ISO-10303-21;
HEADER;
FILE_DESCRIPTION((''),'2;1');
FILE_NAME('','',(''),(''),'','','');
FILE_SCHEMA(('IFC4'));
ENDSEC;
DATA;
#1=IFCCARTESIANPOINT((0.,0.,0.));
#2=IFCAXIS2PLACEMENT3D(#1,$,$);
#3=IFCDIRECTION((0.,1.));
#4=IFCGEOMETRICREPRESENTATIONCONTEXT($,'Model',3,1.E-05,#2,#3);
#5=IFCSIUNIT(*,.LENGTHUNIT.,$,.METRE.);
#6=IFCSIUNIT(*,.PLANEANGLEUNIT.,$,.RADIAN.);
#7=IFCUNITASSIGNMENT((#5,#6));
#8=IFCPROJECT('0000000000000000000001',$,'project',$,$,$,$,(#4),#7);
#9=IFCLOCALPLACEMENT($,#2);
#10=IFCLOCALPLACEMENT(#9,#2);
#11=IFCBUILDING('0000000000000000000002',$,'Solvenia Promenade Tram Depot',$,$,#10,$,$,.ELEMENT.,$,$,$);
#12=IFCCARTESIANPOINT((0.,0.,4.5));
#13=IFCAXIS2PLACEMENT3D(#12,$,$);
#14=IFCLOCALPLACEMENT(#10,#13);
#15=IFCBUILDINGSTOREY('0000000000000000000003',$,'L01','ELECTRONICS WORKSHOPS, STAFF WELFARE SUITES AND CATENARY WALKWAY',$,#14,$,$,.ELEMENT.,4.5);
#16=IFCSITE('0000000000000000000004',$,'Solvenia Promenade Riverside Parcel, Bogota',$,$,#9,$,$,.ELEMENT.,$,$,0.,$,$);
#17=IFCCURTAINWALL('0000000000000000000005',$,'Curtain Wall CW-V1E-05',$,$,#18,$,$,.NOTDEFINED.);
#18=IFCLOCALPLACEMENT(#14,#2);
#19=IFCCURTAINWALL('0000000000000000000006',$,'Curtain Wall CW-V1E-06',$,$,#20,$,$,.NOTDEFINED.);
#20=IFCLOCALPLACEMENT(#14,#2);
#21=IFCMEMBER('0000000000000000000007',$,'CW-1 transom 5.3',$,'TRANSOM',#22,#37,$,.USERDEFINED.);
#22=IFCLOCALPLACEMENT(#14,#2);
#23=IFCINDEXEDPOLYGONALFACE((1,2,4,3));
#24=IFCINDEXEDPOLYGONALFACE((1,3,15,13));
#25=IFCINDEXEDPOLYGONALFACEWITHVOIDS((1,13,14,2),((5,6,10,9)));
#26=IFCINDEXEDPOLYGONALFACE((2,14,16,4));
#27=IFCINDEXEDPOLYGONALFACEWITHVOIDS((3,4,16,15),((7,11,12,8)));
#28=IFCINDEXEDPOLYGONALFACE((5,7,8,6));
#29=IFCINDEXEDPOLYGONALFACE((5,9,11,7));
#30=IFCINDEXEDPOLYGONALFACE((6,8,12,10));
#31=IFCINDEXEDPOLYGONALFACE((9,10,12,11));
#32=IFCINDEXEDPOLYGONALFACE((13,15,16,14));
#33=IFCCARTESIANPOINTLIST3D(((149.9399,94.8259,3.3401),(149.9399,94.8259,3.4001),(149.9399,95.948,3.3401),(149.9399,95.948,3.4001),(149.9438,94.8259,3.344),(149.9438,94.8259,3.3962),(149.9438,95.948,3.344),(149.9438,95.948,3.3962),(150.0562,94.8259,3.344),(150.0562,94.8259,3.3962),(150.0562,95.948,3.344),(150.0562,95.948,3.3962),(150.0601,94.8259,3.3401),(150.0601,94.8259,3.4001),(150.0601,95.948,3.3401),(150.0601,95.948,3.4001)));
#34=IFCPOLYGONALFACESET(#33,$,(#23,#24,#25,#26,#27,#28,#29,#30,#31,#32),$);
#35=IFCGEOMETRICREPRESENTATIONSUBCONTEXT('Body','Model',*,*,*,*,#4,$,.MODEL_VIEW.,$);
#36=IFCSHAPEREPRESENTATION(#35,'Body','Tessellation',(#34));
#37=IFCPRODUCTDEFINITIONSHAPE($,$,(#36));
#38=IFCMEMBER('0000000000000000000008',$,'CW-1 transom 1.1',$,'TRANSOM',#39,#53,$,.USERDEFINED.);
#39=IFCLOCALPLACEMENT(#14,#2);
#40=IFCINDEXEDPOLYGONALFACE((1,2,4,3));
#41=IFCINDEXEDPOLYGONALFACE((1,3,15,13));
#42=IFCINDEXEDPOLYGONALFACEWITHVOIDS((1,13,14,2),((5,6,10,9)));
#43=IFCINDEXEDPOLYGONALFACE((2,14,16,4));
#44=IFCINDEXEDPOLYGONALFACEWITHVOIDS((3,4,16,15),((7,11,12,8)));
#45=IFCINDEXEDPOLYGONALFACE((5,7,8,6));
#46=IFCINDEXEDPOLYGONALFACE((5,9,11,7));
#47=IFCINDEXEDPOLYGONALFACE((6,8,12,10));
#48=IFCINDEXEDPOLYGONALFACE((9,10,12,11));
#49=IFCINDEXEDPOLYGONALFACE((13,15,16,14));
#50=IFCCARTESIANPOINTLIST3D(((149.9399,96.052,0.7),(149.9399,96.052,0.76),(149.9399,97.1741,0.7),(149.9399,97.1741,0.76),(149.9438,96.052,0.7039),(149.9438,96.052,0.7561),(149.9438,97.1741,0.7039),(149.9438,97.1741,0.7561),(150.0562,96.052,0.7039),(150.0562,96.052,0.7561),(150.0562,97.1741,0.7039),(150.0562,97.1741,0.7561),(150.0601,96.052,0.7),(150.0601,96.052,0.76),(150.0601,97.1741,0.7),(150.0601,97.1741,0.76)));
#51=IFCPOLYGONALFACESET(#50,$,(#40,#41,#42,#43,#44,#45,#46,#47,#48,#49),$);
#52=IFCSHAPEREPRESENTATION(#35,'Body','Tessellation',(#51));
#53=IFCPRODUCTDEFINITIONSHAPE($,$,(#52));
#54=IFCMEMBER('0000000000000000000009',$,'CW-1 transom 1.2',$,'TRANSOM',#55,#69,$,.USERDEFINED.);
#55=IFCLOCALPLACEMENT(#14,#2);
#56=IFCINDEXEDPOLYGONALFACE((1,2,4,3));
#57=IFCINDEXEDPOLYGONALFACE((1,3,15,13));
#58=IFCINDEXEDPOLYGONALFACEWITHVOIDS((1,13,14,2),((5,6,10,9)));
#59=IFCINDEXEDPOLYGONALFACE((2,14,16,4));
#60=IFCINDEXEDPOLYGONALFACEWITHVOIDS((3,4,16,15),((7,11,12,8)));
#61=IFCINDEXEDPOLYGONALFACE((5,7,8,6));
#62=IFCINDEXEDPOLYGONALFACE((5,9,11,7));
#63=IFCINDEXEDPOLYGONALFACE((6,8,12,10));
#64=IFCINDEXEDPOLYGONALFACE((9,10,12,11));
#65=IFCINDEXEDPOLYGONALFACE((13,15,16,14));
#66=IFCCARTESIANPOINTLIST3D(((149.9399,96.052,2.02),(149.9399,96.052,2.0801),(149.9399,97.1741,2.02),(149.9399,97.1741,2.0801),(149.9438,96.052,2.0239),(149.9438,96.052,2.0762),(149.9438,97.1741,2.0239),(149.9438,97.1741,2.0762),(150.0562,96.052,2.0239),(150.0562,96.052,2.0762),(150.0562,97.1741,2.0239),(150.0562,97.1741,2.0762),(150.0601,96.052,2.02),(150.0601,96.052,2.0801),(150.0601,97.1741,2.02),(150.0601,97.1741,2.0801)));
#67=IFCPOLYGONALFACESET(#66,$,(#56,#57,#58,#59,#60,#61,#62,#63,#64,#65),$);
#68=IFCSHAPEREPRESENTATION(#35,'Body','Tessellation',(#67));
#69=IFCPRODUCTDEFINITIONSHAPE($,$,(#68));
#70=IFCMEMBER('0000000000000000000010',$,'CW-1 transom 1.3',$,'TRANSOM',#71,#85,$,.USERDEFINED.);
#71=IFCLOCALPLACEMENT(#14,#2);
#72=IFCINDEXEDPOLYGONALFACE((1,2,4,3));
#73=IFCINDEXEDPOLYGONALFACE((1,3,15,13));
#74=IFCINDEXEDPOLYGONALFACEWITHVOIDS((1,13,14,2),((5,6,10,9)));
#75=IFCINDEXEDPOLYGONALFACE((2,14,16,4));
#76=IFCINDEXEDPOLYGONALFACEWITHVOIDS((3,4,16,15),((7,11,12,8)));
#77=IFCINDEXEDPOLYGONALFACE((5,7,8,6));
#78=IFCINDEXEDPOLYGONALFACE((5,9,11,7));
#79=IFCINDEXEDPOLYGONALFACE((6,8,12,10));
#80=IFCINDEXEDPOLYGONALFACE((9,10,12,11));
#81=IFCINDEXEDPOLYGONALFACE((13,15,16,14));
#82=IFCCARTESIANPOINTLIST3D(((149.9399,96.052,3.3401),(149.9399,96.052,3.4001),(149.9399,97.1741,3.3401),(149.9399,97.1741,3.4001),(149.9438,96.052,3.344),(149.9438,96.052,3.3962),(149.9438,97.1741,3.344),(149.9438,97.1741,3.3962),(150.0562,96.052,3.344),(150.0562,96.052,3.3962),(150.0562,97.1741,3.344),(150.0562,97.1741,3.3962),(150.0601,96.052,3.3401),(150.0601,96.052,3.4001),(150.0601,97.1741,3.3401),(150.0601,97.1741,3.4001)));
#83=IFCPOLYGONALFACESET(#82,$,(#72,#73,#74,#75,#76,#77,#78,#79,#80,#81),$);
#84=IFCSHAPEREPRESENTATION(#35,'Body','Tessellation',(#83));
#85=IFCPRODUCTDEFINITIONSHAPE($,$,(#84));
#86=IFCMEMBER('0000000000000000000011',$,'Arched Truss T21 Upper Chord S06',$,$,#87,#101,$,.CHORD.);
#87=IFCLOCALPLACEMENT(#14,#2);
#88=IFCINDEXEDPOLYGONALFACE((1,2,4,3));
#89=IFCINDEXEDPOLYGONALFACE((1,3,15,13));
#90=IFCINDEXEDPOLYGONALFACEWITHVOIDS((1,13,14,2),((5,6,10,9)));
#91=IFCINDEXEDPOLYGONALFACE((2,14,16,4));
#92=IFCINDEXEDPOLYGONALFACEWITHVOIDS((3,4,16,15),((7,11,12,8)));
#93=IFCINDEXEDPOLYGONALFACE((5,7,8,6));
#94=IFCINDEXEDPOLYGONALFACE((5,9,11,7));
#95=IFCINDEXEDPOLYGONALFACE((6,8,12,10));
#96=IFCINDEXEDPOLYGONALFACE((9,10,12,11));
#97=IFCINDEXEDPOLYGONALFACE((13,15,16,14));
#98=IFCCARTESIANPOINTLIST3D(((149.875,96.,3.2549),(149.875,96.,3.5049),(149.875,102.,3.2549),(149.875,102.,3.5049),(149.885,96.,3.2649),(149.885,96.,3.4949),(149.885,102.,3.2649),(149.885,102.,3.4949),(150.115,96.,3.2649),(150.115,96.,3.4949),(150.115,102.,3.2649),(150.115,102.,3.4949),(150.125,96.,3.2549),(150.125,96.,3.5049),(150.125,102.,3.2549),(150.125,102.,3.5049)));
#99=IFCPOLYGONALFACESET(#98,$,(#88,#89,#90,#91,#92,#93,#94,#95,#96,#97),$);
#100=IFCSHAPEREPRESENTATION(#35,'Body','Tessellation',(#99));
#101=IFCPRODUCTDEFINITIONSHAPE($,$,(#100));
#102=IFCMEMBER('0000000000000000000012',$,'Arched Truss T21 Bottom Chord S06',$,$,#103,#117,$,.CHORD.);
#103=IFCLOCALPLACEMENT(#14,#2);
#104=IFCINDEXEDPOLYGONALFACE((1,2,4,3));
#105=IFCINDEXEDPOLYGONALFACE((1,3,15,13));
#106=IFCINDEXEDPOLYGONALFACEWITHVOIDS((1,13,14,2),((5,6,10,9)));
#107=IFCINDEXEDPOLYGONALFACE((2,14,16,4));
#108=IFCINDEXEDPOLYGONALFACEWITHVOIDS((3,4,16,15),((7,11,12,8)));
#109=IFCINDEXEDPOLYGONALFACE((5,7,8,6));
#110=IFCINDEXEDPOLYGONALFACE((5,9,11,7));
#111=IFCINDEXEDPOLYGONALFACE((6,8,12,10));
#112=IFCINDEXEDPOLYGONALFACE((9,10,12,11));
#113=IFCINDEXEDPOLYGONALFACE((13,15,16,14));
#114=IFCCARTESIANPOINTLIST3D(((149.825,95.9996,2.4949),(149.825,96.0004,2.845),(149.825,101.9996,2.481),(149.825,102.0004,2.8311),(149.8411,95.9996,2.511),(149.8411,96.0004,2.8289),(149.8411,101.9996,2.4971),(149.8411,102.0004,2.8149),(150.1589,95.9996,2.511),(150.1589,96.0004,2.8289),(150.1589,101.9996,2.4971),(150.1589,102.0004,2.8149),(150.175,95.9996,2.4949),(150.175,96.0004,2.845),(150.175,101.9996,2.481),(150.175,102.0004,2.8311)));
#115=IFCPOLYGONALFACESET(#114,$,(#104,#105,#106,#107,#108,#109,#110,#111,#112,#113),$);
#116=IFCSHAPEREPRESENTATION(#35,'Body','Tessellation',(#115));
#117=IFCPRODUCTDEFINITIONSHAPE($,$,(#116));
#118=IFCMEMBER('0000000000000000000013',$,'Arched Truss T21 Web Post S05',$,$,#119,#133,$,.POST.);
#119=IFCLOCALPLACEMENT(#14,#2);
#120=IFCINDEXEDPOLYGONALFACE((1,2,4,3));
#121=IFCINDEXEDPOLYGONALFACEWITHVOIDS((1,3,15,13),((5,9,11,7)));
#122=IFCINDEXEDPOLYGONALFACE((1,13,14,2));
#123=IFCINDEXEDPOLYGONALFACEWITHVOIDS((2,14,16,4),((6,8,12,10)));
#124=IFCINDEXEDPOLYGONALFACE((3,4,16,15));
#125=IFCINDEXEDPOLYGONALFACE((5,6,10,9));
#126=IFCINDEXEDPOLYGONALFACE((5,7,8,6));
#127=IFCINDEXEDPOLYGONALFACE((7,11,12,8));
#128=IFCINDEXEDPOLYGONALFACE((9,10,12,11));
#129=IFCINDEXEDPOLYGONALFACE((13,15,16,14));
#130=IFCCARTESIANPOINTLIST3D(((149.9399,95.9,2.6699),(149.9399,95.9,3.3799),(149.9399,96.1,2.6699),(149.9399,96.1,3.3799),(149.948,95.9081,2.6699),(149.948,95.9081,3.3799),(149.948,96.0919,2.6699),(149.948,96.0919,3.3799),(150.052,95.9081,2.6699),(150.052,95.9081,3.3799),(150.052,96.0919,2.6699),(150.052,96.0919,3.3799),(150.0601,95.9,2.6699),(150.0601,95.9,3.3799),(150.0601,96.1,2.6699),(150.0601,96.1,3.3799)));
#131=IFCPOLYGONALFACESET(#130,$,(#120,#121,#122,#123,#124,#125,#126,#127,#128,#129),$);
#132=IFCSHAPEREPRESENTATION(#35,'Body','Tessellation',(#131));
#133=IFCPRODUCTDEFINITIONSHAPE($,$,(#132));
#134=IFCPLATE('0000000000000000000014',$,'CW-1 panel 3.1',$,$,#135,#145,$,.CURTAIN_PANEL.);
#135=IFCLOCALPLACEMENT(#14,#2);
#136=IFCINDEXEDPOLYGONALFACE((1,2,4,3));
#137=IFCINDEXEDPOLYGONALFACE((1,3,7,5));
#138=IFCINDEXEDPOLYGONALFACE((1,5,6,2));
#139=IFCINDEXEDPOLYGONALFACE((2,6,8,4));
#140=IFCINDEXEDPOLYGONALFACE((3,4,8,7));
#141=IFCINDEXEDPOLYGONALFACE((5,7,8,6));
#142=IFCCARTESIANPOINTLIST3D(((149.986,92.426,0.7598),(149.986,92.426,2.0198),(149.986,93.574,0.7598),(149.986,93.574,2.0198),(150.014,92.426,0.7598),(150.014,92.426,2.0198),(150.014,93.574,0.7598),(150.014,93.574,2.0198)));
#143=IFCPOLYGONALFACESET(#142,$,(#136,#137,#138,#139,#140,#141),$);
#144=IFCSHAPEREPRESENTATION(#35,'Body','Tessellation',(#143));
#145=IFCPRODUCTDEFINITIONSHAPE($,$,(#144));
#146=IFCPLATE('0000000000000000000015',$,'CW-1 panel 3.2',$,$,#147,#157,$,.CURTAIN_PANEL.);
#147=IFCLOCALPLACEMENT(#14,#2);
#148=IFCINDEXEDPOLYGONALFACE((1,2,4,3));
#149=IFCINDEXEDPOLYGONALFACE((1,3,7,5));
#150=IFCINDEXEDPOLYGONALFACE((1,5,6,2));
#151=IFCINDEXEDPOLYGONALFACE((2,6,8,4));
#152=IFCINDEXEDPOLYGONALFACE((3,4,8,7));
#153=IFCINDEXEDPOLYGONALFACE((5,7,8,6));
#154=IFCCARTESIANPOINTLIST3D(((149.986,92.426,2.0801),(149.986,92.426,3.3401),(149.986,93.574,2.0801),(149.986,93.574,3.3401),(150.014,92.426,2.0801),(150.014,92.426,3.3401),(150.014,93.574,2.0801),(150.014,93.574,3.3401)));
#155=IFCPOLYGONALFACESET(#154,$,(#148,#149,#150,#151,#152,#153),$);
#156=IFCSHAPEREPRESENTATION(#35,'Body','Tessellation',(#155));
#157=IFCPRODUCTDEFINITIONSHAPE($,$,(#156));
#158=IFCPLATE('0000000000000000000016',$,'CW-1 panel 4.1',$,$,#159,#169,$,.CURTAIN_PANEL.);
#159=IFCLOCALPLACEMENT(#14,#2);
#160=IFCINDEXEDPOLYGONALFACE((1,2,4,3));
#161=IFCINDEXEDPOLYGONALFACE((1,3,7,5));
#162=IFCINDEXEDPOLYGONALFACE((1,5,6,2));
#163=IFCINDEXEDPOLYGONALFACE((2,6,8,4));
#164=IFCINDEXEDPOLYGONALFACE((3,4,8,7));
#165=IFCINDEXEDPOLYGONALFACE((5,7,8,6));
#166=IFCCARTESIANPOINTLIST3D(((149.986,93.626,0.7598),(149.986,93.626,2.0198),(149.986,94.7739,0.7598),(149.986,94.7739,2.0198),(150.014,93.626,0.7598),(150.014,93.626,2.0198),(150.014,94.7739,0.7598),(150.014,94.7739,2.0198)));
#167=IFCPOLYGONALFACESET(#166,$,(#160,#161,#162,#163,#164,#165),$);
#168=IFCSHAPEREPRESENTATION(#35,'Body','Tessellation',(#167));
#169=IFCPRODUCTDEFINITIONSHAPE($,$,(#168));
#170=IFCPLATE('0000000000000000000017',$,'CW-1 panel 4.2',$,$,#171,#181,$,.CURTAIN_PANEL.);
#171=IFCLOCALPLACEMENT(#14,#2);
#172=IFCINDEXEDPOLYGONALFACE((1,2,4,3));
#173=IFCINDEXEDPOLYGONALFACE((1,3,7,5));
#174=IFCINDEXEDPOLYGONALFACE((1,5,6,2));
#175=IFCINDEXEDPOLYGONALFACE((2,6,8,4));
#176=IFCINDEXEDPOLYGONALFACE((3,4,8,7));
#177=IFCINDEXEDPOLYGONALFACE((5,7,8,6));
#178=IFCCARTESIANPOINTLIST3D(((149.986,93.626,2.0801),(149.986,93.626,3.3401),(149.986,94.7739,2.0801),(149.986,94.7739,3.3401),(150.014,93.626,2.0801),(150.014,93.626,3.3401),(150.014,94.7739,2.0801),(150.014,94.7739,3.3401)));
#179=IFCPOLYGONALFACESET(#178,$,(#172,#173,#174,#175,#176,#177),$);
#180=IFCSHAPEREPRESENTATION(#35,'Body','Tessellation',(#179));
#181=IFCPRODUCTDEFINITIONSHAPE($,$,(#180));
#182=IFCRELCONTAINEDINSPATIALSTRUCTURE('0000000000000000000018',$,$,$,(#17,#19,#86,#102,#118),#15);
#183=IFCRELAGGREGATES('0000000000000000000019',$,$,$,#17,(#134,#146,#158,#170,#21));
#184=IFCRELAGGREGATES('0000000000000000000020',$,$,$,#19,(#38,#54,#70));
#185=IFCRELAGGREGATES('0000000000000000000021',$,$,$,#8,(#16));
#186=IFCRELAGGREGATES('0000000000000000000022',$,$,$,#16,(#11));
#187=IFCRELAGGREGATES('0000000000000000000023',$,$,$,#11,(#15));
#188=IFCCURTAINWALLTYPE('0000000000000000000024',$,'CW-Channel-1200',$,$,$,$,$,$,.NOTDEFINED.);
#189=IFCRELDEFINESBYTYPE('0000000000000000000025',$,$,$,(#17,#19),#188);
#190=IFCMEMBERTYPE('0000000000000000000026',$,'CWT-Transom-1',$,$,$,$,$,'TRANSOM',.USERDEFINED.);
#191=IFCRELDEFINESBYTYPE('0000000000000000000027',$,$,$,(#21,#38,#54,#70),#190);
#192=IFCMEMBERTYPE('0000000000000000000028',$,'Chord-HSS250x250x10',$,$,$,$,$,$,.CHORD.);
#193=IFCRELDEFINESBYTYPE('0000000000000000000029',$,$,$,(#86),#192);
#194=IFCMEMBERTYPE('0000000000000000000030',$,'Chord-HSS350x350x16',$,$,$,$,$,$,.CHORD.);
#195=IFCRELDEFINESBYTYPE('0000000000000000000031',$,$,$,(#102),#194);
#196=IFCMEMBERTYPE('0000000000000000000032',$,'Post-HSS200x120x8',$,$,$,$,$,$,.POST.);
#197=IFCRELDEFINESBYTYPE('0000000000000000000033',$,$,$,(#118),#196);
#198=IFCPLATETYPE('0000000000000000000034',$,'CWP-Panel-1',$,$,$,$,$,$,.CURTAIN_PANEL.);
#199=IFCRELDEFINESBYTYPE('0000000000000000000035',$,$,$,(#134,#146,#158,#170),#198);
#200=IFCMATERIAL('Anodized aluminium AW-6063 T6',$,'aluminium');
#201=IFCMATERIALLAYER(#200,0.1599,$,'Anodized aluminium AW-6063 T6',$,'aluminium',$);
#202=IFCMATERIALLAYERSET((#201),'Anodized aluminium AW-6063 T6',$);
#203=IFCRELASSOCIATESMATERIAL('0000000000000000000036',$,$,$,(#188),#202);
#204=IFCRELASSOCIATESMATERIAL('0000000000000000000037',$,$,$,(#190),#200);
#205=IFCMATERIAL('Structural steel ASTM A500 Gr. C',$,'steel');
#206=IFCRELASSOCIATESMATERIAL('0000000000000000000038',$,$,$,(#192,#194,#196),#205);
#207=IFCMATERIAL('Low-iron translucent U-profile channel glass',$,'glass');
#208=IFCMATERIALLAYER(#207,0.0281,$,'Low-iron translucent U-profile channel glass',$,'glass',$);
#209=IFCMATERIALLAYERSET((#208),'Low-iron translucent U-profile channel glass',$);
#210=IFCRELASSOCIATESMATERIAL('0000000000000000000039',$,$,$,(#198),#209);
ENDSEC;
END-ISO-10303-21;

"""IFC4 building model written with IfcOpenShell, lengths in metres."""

from ifc_helpers import new_model, si_unit, direction, frame, origin, origin_2d, place, context, subcontext, project, spatial, rectangle, hollow_rectangle, extrude, material, layer, layer_set, material_profile, profile_set, type_object, element, aggregate, save


model = new_model("IFC4")

# Units and contexts
model_context = context("Model", 3, precision=1e-05, world=origin(), true_north=direction((0.0, 1.0)))
body_context = subcontext(model_context, "Body", "Model", "MODEL_VIEW")
ifc_project = project(units=[si_unit("LENGTHUNIT", "METRE"), si_unit("PLANEANGLEUNIT", "RADIAN")], contexts=[model_context])

# Site, building, storey
site_placement = place(None, origin())
site = spatial("IfcSite", under=ifc_project, at=site_placement, Name="Solvenia Promenade Riverside Parcel, Bogota", CompositionType="ELEMENT", RefElevation=0.0)
building_placement = place(site_placement, origin())
building = spatial("IfcBuilding", under=site, at=building_placement, Name="Solvenia Promenade Tram Depot", CompositionType="ELEMENT")
storey_placement = place(building_placement, frame((0.0, 0.0, 4.5)))
storey = spatial("IfcBuildingStorey", under=building, at=storey_placement, Name="L01", Description="ELECTRONICS WORKSHOPS, STAFF WELFARE SUITES AND CATENARY WALKWAY", CompositionType="ELEMENT", Elevation=4.5)

# Curtain walls
ifc_material_1 = material(Name="Anodized aluminium AW-6063 T6", Category="aluminium")
ifc_layer_1 = layer(ifc_material_1, 0.1599, Name="Anodized aluminium AW-6063 T6", Category="aluminium")
ifc_layer_set_1 = layer_set([ifc_layer_1], Name="Anodized aluminium AW-6063 T6")
curtain_wall_type = type_object("IfcCurtainWallType", Name="CW-Channel-1200", PredefinedType="NOTDEFINED", material=ifc_layer_set_1)
curtain_wall_1_placement = place(storey_placement, origin())
curtain_wall_1 = element("IfcCurtainWall", 1, at=curtain_wall_1_placement, inside=storey, type_object=curtain_wall_type, Name="Curtain Wall CW-V1E-05", PredefinedType="NOTDEFINED")
curtain_wall_2_placement = place(storey_placement, origin())
curtain_wall_2 = element("IfcCurtainWall", 2, at=curtain_wall_2_placement, inside=storey, type_object=curtain_wall_type, Name="Curtain Wall CW-V1E-06", PredefinedType="NOTDEFINED")

# Members
ifc_material_profile_1 = material_profile(ifc_material_1, hollow_rectangle(XDim=0.1201, YDim=0.0601, WallThickness=0.0039, at=origin_2d()), Name="ALU-T1", Category="aluminium")
ifc_profile_set_1 = profile_set([ifc_material_profile_1], Name="Anodized aluminium AW-6063 T6")
member_type_1 = type_object("IfcMemberType", Name="CWT-Transom-1", ElementType="TRANSOM", PredefinedType="USERDEFINED", material=ifc_profile_set_1)
member_1_placement = place(storey_placement, frame((150.0, 94.8259, 3.3701), z_axis=(0.0, 1.0, 0.0), x_axis=(-1.0, 0.0, 0.0)))
member_1 = element("IfcMember", 3, at=member_1_placement, type_object=member_type_1, Name="CW-1 transom 5.3", ObjectType="TRANSOM", PredefinedType="USERDEFINED", context=body_context, shape_type="SweptSolid", body=[
    extrude(hollow_rectangle(XDim=0.1201, YDim=0.0601, WallThickness=0.0039, at=origin_2d()), origin(), (0.0, 0.0, 1.0), 1.1221),
])
member_2_placement = place(storey_placement, frame((150.0, 96.052, 0.73), z_axis=(0.0, 1.0, 0.0), x_axis=(-1.0, 0.0, 0.0)))
member_2 = element("IfcMember", 4, at=member_2_placement, type_object=member_type_1, Name="CW-1 transom 1.1", ObjectType="TRANSOM", PredefinedType="USERDEFINED", context=body_context, shape_type="SweptSolid", body=[
    extrude(hollow_rectangle(XDim=0.1201, YDim=0.0601, WallThickness=0.0039, at=origin_2d()), origin(), (0.0, 0.0, 1.0), 1.1221),
])
member_3_placement = place(storey_placement, frame((150.0, 96.052, 2.05), z_axis=(0.0, 1.0, 0.0), x_axis=(-1.0, 0.0, 0.0)))
member_3 = element("IfcMember", 5, at=member_3_placement, type_object=member_type_1, Name="CW-1 transom 1.2", ObjectType="TRANSOM", PredefinedType="USERDEFINED", context=body_context, shape_type="SweptSolid", body=[
    extrude(hollow_rectangle(XDim=0.1201, YDim=0.0601, WallThickness=0.0039, at=origin_2d()), origin(), (0.0, 0.0, 1.0), 1.1221),
])
member_4_placement = place(storey_placement, frame((150.0, 96.052, 3.3701), z_axis=(0.0, 1.0, 0.0), x_axis=(-1.0, 0.0, 0.0)))
member_4 = element("IfcMember", 6, at=member_4_placement, type_object=member_type_1, Name="CW-1 transom 1.3", ObjectType="TRANSOM", PredefinedType="USERDEFINED", context=body_context, shape_type="SweptSolid", body=[
    extrude(hollow_rectangle(XDim=0.1201, YDim=0.0601, WallThickness=0.0039, at=origin_2d()), origin(), (0.0, 0.0, 1.0), 1.1221),
])

# Members
ifc_material_2 = material(Name="Structural steel ASTM A500 Gr. C", Category="steel")
ifc_material_profile_2 = material_profile(ifc_material_2, hollow_rectangle(XDim=0.25, YDim=0.25, WallThickness=0.01, at=origin_2d()), Name="HSS250x250x10", Category="steel")
ifc_profile_set_2 = profile_set([ifc_material_profile_2], Name="Structural steel ASTM A500 Gr. C")
member_type_2 = type_object("IfcMemberType", Name="Chord-HSS250x250x10", PredefinedType="CHORD", material=ifc_profile_set_2)
member_5_placement = place(storey_placement, frame((150.0, 96.0, 3.3799), z_axis=(0.0, 1.0, 0.0), x_axis=(-1.0, 0.0, 0.0)))
element("IfcMember", 7, at=member_5_placement, inside=storey, type_object=member_type_2, Name="Arched Truss T21 Upper Chord S06", PredefinedType="CHORD", context=body_context, shape_type="SweptSolid", body=[
    extrude(hollow_rectangle(XDim=0.25, YDim=0.25, WallThickness=0.01, at=origin_2d()), origin(), (0.0, 0.0, 1.0), 6.0),
])
ifc_material_profile_3 = material_profile(ifc_material_2, hollow_rectangle(XDim=0.3501, YDim=0.3501, WallThickness=0.0161, at=origin_2d()), Name="HSS350x350x16", Category="steel")
ifc_profile_set_3 = profile_set([ifc_material_profile_3], Name="Structural steel ASTM A500 Gr. C")
member_type_3 = type_object("IfcMemberType", Name="Chord-HSS350x350x16", PredefinedType="CHORD", material=ifc_profile_set_3)
member_6_placement = place(storey_placement, frame((150.0, 96.0, 2.6699), z_axis=(0.0, 0.999997, -0.002319), x_axis=(-1.0, 0.0, 0.0)))
element("IfcMember", 8, at=member_6_placement, inside=storey, type_object=member_type_3, Name="Arched Truss T21 Bottom Chord S06", PredefinedType="CHORD", context=body_context, shape_type="SweptSolid", body=[
    extrude(hollow_rectangle(XDim=0.3501, YDim=0.3501, WallThickness=0.0161, at=origin_2d()), origin(), (0.0, 0.0, 1.0), 6.0),
])
ifc_material_profile_4 = material_profile(ifc_material_2, hollow_rectangle(XDim=0.1201, YDim=0.2, WallThickness=0.0081, at=origin_2d()), Name="HSS200x120x8", Category="steel")
ifc_profile_set_4 = profile_set([ifc_material_profile_4], Name="Structural steel ASTM A500 Gr. C")
member_type_4 = type_object("IfcMemberType", Name="Post-HSS200x120x8", PredefinedType="POST", material=ifc_profile_set_4)
member_7_placement = place(storey_placement, frame((150.0, 96.0, 2.6699), z_axis=(0.0, 0.0, 1.0), x_axis=(1.0, 0.0, 0.0)))
element("IfcMember", 9, at=member_7_placement, inside=storey, type_object=member_type_4, Name="Arched Truss T21 Web Post S05", PredefinedType="POST", context=body_context, shape_type="SweptSolid", body=[
    extrude(hollow_rectangle(XDim=0.1201, YDim=0.2, WallThickness=0.0081, at=origin_2d()), origin(), (0.0, 0.0, 1.0), 0.71),
])

# Plates
ifc_material_3 = material(Name="Low-iron translucent U-profile channel glass", Category="glass")
ifc_layer_2 = layer(ifc_material_3, 0.0281, Name="Low-iron translucent U-profile channel glass", Category="glass")
ifc_layer_set_2 = layer_set([ifc_layer_2], Name="Low-iron translucent U-profile channel glass")
plate_type = type_object("IfcPlateType", Name="CWP-Panel-1", PredefinedType="CURTAIN_PANEL", material=ifc_layer_set_2)
plate_1_placement = place(storey_placement, frame((150.0, 93.0, 0.7598), z_axis=(0.0, 0.0, 1.0), x_axis=(0.0, 1.0, 0.0)))
plate_1 = element("IfcPlate", 10, at=plate_1_placement, type_object=plate_type, Name="CW-1 panel 3.1", PredefinedType="CURTAIN_PANEL", context=body_context, shape_type="SweptSolid", body=[
    extrude(rectangle(XDim=1.1479, YDim=0.0281, at=origin_2d()), origin(), (0.0, 0.0, 1.0), 1.26),
])
plate_2_placement = place(storey_placement, frame((150.0, 93.0, 2.0801), z_axis=(0.0, 0.0, 1.0), x_axis=(0.0, 1.0, 0.0)))
plate_2 = element("IfcPlate", 11, at=plate_2_placement, type_object=plate_type, Name="CW-1 panel 3.2", PredefinedType="CURTAIN_PANEL", context=body_context, shape_type="SweptSolid", body=[
    extrude(rectangle(XDim=1.1479, YDim=0.0281, at=origin_2d()), origin(), (0.0, 0.0, 1.0), 1.26),
])
plate_3_placement = place(storey_placement, frame((150.0, 94.2, 0.7598), z_axis=(0.0, 0.0, 1.0), x_axis=(0.0, 1.0, 0.0)))
plate_3 = element("IfcPlate", 12, at=plate_3_placement, type_object=plate_type, Name="CW-1 panel 4.1", PredefinedType="CURTAIN_PANEL", context=body_context, shape_type="SweptSolid", body=[
    extrude(rectangle(XDim=1.1479, YDim=0.0281, at=origin_2d()), origin(), (0.0, 0.0, 1.0), 1.26),
])
plate_4_placement = place(storey_placement, frame((150.0, 94.2, 2.0801), z_axis=(0.0, 0.0, 1.0), x_axis=(0.0, 1.0, 0.0)))
plate_4 = element("IfcPlate", 13, at=plate_4_placement, type_object=plate_type, Name="CW-1 panel 4.2", PredefinedType="CURTAIN_PANEL", context=body_context, shape_type="SweptSolid", body=[
    extrude(rectangle(XDim=1.1479, YDim=0.0281, at=origin_2d()), origin(), (0.0, 0.0, 1.0), 1.26),
])
aggregate(curtain_wall_1, [plate_1, plate_2, plate_3, plate_4, member_1])
aggregate(curtain_wall_2, [member_2, member_3, member_4])

save(model, "model.ifc")
